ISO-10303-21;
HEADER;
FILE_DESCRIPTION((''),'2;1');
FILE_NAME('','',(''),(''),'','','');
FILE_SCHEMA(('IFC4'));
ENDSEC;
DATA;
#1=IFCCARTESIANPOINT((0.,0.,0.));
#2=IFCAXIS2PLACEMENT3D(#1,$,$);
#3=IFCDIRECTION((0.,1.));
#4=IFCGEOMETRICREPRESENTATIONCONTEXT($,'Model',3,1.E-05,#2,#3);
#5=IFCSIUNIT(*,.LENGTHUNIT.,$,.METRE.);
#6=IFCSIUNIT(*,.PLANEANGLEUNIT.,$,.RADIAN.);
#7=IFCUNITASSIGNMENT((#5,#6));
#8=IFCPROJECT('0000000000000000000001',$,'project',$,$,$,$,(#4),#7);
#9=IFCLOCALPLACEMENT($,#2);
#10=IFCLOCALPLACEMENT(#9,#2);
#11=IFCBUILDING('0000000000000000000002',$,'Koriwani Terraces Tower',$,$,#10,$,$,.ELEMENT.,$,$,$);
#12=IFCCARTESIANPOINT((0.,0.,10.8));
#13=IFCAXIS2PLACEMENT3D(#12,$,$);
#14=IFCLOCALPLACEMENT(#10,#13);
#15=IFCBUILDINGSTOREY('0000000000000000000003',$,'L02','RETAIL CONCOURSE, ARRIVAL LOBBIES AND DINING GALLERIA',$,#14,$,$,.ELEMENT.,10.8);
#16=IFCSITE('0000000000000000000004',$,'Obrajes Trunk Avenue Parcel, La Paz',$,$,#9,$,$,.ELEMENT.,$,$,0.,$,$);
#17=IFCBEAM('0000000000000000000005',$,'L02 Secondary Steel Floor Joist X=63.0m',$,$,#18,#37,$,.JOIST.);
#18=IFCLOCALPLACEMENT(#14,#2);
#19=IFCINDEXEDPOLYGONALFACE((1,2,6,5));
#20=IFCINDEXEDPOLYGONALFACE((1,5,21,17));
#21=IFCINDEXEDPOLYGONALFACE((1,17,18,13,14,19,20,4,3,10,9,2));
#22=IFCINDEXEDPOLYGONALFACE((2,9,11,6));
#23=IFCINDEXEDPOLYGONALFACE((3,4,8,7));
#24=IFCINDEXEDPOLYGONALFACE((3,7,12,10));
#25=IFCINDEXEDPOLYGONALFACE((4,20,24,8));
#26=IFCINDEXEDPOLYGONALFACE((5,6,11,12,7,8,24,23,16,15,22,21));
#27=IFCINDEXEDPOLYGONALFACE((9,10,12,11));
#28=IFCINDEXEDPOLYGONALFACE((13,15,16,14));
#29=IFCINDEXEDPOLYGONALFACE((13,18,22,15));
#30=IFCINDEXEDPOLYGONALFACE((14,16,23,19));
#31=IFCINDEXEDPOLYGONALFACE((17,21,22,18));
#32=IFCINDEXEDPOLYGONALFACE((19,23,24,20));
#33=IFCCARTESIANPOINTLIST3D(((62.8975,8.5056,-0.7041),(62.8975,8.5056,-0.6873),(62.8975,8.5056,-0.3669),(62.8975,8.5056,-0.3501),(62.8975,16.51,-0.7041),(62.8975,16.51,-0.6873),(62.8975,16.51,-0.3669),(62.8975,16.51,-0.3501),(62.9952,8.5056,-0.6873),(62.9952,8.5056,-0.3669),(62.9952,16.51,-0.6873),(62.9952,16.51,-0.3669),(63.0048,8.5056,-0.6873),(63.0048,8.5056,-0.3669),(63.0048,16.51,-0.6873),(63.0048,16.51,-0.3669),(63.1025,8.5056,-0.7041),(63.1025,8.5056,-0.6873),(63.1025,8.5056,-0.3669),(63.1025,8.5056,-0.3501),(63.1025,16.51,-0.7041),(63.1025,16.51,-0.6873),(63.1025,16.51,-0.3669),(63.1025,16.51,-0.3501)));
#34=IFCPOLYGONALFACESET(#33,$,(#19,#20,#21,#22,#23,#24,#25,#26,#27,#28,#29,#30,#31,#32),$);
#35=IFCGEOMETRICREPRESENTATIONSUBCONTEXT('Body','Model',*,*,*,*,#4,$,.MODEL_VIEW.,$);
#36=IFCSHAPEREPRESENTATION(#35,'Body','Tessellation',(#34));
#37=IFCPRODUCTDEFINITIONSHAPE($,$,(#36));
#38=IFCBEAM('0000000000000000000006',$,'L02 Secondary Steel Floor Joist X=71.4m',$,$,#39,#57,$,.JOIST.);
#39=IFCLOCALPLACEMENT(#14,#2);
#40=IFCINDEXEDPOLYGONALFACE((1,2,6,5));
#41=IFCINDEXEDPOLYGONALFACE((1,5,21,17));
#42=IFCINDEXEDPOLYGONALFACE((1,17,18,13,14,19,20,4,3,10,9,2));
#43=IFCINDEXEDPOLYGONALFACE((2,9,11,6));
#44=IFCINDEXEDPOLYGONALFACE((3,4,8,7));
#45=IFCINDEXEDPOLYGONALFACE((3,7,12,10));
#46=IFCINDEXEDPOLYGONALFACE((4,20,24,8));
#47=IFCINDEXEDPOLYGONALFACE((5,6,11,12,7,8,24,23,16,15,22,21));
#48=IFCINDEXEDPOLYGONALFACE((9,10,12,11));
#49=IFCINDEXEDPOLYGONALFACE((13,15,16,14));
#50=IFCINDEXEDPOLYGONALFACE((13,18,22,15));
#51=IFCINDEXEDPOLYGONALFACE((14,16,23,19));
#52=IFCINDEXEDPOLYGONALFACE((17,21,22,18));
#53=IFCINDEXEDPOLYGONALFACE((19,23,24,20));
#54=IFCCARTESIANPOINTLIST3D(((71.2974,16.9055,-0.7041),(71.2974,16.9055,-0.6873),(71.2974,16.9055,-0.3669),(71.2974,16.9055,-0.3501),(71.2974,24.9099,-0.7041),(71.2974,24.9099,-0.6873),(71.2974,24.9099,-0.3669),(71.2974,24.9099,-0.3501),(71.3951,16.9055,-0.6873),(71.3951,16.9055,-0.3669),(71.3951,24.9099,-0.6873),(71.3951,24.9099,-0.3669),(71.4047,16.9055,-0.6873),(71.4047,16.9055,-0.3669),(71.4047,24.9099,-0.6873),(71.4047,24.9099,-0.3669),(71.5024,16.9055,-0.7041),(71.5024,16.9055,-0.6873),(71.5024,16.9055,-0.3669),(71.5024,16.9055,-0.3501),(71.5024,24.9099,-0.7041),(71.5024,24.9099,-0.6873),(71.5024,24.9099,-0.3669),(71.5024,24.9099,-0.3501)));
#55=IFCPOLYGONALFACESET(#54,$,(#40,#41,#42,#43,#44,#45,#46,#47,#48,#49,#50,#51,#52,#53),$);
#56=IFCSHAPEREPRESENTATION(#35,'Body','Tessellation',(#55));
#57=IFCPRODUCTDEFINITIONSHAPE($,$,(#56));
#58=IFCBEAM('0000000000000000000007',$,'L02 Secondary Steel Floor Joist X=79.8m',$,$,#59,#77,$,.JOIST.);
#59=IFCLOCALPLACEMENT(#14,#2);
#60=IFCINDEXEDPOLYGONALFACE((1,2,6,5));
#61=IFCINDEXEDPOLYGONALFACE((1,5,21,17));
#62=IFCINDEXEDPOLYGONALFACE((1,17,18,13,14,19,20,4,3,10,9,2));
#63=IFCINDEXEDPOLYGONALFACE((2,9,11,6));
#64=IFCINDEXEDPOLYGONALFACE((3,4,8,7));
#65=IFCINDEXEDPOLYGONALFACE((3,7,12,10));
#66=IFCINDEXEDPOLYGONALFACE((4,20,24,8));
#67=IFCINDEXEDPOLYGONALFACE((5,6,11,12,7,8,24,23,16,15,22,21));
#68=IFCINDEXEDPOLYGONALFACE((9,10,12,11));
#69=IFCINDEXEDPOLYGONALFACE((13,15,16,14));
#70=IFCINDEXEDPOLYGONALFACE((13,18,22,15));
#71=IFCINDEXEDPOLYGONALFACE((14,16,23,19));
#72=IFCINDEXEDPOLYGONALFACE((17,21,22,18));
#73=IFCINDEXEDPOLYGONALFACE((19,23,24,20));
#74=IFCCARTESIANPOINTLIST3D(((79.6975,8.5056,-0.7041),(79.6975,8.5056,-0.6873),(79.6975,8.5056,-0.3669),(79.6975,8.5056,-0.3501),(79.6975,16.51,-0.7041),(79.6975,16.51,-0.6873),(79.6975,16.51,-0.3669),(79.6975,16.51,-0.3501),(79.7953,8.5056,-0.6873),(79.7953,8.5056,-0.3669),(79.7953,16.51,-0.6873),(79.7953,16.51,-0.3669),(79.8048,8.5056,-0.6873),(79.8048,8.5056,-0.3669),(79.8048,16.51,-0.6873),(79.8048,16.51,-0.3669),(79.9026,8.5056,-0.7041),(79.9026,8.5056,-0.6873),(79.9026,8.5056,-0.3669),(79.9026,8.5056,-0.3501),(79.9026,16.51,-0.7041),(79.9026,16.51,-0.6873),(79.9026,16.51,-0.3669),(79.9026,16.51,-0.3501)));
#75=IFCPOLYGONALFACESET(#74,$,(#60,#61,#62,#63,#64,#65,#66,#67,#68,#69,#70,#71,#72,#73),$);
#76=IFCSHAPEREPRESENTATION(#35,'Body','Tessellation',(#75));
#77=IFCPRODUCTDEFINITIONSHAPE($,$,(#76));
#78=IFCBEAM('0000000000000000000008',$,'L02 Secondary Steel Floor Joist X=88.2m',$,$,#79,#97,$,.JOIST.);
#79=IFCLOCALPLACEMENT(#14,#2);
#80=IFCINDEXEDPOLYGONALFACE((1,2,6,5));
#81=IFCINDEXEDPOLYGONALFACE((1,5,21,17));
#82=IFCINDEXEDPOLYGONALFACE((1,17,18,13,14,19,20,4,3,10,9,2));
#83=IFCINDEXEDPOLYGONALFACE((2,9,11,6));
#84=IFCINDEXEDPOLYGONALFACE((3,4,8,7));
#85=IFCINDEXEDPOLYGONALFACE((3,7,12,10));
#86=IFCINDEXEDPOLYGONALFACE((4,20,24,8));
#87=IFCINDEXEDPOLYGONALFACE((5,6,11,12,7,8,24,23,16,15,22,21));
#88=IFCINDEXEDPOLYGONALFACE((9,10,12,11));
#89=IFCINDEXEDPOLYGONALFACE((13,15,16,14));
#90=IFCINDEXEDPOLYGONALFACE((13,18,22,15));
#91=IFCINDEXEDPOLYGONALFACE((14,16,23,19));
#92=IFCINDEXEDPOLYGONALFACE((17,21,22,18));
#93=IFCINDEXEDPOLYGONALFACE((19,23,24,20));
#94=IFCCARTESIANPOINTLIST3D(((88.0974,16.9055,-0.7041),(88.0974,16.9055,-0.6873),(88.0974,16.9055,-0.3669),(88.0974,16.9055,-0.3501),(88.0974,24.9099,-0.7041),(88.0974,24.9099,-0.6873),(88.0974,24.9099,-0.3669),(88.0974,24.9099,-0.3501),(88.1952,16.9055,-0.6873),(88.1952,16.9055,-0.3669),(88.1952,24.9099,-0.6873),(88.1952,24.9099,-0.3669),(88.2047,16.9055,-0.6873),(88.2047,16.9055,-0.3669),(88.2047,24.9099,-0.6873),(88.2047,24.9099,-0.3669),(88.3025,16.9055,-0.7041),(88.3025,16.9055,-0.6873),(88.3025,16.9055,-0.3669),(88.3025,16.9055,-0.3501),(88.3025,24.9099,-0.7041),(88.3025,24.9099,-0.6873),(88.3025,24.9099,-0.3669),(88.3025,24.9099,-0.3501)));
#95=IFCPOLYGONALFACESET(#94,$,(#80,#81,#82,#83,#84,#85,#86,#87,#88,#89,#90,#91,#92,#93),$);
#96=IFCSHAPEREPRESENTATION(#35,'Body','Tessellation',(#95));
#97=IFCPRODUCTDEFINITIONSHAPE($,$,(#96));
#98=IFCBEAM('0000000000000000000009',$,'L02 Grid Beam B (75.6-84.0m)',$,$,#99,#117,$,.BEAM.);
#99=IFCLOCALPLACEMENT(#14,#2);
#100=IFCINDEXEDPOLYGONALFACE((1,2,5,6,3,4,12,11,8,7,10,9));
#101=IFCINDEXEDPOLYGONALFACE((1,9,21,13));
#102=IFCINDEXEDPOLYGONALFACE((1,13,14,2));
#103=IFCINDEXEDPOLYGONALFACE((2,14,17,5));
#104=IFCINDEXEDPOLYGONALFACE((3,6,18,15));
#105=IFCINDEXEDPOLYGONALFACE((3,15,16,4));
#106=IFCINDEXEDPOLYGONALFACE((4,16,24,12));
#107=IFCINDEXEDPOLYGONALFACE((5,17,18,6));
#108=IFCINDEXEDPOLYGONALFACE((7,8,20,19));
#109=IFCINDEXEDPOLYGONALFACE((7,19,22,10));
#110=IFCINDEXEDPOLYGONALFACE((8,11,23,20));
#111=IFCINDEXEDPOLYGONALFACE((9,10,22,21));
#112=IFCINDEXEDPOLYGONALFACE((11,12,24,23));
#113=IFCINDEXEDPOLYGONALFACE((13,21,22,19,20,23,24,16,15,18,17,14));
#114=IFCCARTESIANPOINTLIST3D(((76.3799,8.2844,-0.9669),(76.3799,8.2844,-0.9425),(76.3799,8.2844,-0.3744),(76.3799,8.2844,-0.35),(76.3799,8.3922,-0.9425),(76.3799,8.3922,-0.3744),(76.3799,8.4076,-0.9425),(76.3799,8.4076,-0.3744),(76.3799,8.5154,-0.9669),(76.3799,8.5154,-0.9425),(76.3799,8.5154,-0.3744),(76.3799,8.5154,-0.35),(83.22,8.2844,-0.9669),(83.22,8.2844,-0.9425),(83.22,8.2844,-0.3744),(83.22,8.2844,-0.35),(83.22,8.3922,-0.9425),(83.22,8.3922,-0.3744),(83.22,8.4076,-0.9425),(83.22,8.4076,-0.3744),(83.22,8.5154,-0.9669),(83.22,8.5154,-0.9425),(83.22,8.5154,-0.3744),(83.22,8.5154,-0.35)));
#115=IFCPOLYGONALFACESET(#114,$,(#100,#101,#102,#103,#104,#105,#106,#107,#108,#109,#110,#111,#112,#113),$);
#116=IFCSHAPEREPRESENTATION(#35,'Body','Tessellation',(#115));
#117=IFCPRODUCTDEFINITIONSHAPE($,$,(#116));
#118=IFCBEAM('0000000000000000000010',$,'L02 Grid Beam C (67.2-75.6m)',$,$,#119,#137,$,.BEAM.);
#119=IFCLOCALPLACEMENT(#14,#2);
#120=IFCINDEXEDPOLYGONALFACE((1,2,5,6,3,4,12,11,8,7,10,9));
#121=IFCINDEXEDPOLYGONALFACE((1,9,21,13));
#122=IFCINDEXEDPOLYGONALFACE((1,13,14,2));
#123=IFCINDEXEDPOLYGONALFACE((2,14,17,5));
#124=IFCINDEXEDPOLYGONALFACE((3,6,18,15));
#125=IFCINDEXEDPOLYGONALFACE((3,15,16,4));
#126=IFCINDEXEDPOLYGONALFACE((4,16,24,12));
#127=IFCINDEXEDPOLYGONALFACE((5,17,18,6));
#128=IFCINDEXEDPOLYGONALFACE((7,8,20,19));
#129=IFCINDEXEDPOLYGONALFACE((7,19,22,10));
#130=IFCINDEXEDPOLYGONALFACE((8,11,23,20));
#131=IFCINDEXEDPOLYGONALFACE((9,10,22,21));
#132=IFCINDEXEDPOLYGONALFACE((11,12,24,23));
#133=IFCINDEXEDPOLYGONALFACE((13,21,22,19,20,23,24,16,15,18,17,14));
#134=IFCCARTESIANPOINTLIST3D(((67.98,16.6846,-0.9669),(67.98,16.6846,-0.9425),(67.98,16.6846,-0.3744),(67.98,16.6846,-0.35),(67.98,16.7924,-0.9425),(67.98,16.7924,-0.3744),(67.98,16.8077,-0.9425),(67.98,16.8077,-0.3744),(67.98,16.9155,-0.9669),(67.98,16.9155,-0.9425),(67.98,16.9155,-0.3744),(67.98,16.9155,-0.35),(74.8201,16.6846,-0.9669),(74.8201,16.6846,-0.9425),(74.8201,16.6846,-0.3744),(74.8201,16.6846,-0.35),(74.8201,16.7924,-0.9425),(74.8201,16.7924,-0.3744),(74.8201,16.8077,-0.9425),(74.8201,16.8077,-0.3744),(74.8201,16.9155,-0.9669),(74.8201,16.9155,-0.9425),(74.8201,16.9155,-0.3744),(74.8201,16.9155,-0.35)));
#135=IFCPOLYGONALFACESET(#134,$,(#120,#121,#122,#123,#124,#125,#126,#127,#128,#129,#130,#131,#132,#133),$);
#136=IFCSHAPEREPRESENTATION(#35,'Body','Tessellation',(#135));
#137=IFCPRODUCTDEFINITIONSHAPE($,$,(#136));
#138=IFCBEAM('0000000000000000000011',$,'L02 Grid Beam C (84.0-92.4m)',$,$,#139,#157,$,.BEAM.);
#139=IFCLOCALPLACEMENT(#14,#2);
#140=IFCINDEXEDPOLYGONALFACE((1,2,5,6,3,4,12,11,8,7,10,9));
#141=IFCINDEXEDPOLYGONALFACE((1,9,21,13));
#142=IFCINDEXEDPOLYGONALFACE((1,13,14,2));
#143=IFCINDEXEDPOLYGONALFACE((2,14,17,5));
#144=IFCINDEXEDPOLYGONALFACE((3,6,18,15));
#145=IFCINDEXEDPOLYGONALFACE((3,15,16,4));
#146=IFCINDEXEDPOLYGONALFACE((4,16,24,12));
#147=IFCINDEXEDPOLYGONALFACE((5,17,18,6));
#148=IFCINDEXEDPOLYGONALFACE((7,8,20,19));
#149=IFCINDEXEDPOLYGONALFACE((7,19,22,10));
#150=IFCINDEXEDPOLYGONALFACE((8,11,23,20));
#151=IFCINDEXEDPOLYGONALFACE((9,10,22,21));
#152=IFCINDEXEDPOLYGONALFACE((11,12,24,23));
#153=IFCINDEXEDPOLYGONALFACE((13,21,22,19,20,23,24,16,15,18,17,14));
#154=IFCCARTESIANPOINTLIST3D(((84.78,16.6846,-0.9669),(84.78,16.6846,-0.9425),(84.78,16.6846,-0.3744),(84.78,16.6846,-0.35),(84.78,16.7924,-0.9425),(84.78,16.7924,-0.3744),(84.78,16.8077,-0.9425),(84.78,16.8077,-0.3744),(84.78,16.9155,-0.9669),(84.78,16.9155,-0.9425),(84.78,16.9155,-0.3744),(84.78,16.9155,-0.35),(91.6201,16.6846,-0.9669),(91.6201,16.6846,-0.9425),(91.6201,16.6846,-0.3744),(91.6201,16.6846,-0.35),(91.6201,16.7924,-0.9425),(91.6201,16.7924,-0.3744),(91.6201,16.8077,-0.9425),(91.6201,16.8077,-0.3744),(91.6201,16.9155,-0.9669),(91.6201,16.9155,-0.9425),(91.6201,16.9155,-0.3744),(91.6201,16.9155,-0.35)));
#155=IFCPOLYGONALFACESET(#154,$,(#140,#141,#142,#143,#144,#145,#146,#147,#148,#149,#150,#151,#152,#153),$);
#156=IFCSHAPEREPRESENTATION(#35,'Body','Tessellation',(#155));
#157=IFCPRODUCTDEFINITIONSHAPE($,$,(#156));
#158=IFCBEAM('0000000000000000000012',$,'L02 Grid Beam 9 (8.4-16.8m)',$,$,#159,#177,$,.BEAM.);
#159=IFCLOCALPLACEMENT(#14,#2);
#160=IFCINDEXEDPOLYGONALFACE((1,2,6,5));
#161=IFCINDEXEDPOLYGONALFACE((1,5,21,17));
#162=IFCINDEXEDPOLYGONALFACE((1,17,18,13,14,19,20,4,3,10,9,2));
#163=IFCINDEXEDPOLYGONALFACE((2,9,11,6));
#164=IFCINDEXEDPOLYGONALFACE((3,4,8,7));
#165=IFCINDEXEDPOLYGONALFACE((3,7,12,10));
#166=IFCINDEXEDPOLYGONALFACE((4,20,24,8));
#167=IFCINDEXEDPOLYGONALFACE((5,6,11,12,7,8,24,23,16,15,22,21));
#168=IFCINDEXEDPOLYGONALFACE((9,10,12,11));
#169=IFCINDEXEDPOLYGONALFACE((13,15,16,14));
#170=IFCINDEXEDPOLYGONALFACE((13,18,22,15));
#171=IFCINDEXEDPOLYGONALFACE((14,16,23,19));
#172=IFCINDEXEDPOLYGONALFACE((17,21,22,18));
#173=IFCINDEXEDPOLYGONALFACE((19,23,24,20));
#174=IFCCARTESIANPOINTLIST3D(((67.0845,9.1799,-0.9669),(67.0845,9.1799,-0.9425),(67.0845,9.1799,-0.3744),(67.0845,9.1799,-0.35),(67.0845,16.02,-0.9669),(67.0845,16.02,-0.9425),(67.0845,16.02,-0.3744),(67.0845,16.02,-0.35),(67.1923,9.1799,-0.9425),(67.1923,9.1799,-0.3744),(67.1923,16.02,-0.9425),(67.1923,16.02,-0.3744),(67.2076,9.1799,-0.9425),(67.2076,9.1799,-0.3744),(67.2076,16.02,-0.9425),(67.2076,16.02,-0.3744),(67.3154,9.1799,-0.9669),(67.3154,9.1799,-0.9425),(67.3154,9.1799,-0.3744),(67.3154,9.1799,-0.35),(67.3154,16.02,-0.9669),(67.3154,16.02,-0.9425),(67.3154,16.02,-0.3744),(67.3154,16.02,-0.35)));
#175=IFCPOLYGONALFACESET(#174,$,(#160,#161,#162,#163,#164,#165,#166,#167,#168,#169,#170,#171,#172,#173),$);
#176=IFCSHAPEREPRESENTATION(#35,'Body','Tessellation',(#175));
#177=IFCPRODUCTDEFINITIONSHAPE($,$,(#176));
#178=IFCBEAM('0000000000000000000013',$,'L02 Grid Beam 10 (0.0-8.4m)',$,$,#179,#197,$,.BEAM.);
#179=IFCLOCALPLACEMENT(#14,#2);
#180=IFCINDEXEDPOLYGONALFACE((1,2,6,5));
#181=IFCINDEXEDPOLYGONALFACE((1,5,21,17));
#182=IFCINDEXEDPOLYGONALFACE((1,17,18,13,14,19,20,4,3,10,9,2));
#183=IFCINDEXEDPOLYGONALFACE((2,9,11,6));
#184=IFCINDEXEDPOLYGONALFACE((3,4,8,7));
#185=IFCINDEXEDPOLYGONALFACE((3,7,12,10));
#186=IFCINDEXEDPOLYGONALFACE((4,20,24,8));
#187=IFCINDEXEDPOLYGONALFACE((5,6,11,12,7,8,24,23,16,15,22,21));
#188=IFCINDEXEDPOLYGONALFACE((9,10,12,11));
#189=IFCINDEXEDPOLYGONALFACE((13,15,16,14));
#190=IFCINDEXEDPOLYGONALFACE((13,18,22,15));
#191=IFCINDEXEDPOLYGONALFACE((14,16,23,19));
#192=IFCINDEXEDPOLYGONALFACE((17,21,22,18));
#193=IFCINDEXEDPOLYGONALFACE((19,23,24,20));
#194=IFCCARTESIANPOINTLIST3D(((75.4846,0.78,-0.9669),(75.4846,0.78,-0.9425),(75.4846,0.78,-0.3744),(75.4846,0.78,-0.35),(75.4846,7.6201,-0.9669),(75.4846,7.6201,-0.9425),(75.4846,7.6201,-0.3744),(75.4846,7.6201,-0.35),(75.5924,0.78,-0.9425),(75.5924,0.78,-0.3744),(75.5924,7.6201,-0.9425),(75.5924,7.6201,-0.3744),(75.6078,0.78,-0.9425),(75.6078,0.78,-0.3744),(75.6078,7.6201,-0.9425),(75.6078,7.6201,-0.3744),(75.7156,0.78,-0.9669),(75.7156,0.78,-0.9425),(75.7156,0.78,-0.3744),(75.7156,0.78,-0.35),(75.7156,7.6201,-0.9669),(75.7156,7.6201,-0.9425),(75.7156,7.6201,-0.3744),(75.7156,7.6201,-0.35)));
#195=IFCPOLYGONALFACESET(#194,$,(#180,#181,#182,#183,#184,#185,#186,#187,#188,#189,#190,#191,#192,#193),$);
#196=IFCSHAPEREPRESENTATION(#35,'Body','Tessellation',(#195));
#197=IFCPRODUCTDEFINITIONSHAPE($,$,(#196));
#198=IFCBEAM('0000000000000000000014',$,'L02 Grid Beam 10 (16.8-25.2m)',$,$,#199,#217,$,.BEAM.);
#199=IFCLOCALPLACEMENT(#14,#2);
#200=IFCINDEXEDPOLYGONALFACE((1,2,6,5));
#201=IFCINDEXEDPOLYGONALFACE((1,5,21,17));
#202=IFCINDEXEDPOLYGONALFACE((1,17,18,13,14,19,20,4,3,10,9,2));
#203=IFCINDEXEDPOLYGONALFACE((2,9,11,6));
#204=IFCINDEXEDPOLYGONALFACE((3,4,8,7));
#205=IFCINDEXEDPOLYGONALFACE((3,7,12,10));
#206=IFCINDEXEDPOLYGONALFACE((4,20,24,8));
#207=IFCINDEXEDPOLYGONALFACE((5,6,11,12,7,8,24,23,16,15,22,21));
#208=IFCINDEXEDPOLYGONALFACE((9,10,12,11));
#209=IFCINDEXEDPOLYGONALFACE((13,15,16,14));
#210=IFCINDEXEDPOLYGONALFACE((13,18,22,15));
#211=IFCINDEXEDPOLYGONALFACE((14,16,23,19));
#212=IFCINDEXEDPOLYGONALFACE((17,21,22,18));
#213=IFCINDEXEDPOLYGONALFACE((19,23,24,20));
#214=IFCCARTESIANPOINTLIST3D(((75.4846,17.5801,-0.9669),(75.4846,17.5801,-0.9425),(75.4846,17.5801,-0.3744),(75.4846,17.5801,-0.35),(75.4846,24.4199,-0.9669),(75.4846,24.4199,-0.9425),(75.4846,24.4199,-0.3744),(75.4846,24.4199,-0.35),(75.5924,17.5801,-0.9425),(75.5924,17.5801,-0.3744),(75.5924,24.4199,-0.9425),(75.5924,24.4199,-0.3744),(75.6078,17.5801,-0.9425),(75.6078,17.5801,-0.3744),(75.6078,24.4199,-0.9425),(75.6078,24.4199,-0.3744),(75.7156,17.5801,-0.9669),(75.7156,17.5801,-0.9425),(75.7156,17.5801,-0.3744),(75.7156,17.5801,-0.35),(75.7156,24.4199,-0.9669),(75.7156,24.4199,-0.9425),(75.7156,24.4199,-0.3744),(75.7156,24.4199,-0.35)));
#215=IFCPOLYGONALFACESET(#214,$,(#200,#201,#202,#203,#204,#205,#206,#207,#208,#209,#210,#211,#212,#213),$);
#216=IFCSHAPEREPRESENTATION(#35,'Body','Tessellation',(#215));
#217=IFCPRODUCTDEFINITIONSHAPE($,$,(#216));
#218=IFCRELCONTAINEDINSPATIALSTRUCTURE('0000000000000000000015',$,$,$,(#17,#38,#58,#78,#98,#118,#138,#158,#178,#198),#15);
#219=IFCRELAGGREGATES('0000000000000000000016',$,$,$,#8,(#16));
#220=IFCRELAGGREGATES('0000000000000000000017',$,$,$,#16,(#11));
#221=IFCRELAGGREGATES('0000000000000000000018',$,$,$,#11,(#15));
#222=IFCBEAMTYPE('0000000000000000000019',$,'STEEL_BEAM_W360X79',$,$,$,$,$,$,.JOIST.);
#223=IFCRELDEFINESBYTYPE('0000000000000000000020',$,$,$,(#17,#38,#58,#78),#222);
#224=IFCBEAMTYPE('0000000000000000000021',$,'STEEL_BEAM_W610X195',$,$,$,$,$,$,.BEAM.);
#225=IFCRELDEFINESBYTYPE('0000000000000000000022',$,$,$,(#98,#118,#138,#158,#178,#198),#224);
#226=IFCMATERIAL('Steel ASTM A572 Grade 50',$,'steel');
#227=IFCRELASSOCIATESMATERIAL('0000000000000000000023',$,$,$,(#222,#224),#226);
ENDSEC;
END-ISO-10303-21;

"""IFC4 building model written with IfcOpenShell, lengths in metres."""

from ifc_helpers import new_model, si_unit, direction, frame, origin, origin_2d, place, context, subcontext, project, spatial, i_section, extrude, material, material_profile, profile_set, type_object, element, save


model = new_model("IFC4")

# Units and contexts
model_context = context("Model", 3, precision=1e-05, world=origin(), true_north=direction((0.0, 1.0)))
body_context = subcontext(model_context, "Body", "Model", "MODEL_VIEW")
ifc_project = project(units=[si_unit("LENGTHUNIT", "METRE"), si_unit("PLANEANGLEUNIT", "RADIAN")], contexts=[model_context])

# Site, building, storey
site_placement = place(None, origin())
site = spatial("IfcSite", under=ifc_project, at=site_placement, Name="Obrajes Trunk Avenue Parcel, La Paz", CompositionType="ELEMENT", RefElevation=0.0)
building_placement = place(site_placement, origin())
building = spatial("IfcBuilding", under=site, at=building_placement, Name="Koriwani Terraces Tower", CompositionType="ELEMENT")
storey_placement = place(building_placement, frame((0.0, 0.0, 10.8)))
storey = spatial("IfcBuildingStorey", under=building, at=storey_placement, Name="L02", Description="RETAIL CONCOURSE, ARRIVAL LOBBIES AND DINING GALLERIA", CompositionType="ELEMENT", Elevation=10.8)

# Beams
ifc_material_1 = material(Name="Steel ASTM A572 Grade 50", Category="steel")
ifc_material_profile_1 = material_profile(ifc_material_1, i_section(OverallWidth=0.2051, OverallDepth=0.354, WebThickness=0.0095, FlangeThickness=0.0168, at=origin_2d()), Name="Steel ASTM A572 Grade 50", Category="LoadBearing")
ifc_profile_set_1 = profile_set([ifc_material_profile_1], Name="Steel ASTM A572 Grade 50")
beam_type_1 = type_object("IfcBeamType", Name="STEEL_BEAM_W360X79", PredefinedType="JOIST", material=ifc_profile_set_1)
for number, where, z_axis, x_axis, name in (
    (1, (63.0, 8.5056, -0.5271), (0.0, 1.0, 0.0), (-1.0, 0.0, 0.0), "L02 Secondary Steel Floor Joist X=63.0m"),
    (2, (71.3999, 16.9055, -0.5271), (0.0, 1.0, 0.0), (-1.0, 0.0, 0.0), "L02 Secondary Steel Floor Joist X=71.4m"),
    (3, (79.8, 8.5056, -0.5271), (0.0, 1.0, 0.0), (-1.0, 0.0, 0.0), "L02 Secondary Steel Floor Joist X=79.8m"),
    (4, (88.2, 16.9055, -0.5271), (0.0, 1.0, 0.0), (-1.0, 0.0, 0.0), "L02 Secondary Steel Floor Joist X=88.2m"),
):
    element("IfcBeam", number, at=place(storey_placement, frame(where, z_axis=z_axis, x_axis=x_axis)), inside=storey, type_object=beam_type_1, Name=name, PredefinedType="JOIST", context=body_context, shape_type="SweptSolid", body=[
        extrude(i_section(OverallWidth=0.2051, OverallDepth=0.354, WebThickness=0.0095, FlangeThickness=0.0168, at=origin_2d()), origin(), (0.0, 0.0, 1.0), 8.0044),
    ])
ifc_material_profile_2 = material_profile(ifc_material_1, i_section(OverallWidth=0.231, OverallDepth=0.6169, WebThickness=0.0154, FlangeThickness=0.0244, at=origin_2d()), Name="Steel ASTM A572 Grade 50", Category="LoadBearing")
ifc_profile_set_2 = profile_set([ifc_material_profile_2], Name="Steel ASTM A572 Grade 50")
beam_type_2 = type_object("IfcBeamType", Name="STEEL_BEAM_W610X195", PredefinedType="BEAM", material=ifc_profile_set_2)
for number, where, z_axis, x_axis, name in (
    (5, (76.3799, 8.3999, -0.6584), (1.0, 0.0, 0.0), (0.0, 1.0, 0.0), "L02 Grid Beam B (75.6-84.0m)"),
    (6, (67.98, 16.8, -0.6584), (1.0, 0.0, 0.0), (0.0, 1.0, 0.0), "L02 Grid Beam C (67.2-75.6m)"),
    (7, (84.78, 16.8, -0.6584), (1.0, 0.0, 0.0), (0.0, 1.0, 0.0), "L02 Grid Beam C (84.0-92.4m)"),
    (8, (67.2, 9.1799, -0.6584), (0.0, 1.0, 0.0), (-1.0, 0.0, 0.0), "L02 Grid Beam 9 (8.4-16.8m)"),
    (9, (75.6001, 0.78, -0.6584), (0.0, 1.0, 0.0), (-1.0, 0.0, 0.0), "L02 Grid Beam 10 (0.0-8.4m)"),
):
    element("IfcBeam", number, at=place(storey_placement, frame(where, z_axis=z_axis, x_axis=x_axis)), inside=storey, type_object=beam_type_2, Name=name, PredefinedType="BEAM", context=body_context, shape_type="SweptSolid", body=[
        extrude(i_section(OverallWidth=0.231, OverallDepth=0.6169, WebThickness=0.0154, FlangeThickness=0.0244, at=origin_2d()), origin(), (0.0, 0.0, 1.0), 6.8401),
    ])
beam_1_placement = place(storey_placement, frame((75.6001, 17.5801, -0.6584), z_axis=(0.0, 1.0, 0.0), x_axis=(-1.0, 0.0, 0.0)))
element("IfcBeam", 10, at=beam_1_placement, inside=storey, type_object=beam_type_2, Name="L02 Grid Beam 10 (16.8-25.2m)", PredefinedType="BEAM", context=body_context, shape_type="SweptSolid", body=[
    extrude(i_section(OverallWidth=0.231, OverallDepth=0.6169, WebThickness=0.0154, FlangeThickness=0.0244, at=origin_2d()), origin(), (0.0, 0.0, 1.0), 6.8398),
])

save(model, "model.ifc")
